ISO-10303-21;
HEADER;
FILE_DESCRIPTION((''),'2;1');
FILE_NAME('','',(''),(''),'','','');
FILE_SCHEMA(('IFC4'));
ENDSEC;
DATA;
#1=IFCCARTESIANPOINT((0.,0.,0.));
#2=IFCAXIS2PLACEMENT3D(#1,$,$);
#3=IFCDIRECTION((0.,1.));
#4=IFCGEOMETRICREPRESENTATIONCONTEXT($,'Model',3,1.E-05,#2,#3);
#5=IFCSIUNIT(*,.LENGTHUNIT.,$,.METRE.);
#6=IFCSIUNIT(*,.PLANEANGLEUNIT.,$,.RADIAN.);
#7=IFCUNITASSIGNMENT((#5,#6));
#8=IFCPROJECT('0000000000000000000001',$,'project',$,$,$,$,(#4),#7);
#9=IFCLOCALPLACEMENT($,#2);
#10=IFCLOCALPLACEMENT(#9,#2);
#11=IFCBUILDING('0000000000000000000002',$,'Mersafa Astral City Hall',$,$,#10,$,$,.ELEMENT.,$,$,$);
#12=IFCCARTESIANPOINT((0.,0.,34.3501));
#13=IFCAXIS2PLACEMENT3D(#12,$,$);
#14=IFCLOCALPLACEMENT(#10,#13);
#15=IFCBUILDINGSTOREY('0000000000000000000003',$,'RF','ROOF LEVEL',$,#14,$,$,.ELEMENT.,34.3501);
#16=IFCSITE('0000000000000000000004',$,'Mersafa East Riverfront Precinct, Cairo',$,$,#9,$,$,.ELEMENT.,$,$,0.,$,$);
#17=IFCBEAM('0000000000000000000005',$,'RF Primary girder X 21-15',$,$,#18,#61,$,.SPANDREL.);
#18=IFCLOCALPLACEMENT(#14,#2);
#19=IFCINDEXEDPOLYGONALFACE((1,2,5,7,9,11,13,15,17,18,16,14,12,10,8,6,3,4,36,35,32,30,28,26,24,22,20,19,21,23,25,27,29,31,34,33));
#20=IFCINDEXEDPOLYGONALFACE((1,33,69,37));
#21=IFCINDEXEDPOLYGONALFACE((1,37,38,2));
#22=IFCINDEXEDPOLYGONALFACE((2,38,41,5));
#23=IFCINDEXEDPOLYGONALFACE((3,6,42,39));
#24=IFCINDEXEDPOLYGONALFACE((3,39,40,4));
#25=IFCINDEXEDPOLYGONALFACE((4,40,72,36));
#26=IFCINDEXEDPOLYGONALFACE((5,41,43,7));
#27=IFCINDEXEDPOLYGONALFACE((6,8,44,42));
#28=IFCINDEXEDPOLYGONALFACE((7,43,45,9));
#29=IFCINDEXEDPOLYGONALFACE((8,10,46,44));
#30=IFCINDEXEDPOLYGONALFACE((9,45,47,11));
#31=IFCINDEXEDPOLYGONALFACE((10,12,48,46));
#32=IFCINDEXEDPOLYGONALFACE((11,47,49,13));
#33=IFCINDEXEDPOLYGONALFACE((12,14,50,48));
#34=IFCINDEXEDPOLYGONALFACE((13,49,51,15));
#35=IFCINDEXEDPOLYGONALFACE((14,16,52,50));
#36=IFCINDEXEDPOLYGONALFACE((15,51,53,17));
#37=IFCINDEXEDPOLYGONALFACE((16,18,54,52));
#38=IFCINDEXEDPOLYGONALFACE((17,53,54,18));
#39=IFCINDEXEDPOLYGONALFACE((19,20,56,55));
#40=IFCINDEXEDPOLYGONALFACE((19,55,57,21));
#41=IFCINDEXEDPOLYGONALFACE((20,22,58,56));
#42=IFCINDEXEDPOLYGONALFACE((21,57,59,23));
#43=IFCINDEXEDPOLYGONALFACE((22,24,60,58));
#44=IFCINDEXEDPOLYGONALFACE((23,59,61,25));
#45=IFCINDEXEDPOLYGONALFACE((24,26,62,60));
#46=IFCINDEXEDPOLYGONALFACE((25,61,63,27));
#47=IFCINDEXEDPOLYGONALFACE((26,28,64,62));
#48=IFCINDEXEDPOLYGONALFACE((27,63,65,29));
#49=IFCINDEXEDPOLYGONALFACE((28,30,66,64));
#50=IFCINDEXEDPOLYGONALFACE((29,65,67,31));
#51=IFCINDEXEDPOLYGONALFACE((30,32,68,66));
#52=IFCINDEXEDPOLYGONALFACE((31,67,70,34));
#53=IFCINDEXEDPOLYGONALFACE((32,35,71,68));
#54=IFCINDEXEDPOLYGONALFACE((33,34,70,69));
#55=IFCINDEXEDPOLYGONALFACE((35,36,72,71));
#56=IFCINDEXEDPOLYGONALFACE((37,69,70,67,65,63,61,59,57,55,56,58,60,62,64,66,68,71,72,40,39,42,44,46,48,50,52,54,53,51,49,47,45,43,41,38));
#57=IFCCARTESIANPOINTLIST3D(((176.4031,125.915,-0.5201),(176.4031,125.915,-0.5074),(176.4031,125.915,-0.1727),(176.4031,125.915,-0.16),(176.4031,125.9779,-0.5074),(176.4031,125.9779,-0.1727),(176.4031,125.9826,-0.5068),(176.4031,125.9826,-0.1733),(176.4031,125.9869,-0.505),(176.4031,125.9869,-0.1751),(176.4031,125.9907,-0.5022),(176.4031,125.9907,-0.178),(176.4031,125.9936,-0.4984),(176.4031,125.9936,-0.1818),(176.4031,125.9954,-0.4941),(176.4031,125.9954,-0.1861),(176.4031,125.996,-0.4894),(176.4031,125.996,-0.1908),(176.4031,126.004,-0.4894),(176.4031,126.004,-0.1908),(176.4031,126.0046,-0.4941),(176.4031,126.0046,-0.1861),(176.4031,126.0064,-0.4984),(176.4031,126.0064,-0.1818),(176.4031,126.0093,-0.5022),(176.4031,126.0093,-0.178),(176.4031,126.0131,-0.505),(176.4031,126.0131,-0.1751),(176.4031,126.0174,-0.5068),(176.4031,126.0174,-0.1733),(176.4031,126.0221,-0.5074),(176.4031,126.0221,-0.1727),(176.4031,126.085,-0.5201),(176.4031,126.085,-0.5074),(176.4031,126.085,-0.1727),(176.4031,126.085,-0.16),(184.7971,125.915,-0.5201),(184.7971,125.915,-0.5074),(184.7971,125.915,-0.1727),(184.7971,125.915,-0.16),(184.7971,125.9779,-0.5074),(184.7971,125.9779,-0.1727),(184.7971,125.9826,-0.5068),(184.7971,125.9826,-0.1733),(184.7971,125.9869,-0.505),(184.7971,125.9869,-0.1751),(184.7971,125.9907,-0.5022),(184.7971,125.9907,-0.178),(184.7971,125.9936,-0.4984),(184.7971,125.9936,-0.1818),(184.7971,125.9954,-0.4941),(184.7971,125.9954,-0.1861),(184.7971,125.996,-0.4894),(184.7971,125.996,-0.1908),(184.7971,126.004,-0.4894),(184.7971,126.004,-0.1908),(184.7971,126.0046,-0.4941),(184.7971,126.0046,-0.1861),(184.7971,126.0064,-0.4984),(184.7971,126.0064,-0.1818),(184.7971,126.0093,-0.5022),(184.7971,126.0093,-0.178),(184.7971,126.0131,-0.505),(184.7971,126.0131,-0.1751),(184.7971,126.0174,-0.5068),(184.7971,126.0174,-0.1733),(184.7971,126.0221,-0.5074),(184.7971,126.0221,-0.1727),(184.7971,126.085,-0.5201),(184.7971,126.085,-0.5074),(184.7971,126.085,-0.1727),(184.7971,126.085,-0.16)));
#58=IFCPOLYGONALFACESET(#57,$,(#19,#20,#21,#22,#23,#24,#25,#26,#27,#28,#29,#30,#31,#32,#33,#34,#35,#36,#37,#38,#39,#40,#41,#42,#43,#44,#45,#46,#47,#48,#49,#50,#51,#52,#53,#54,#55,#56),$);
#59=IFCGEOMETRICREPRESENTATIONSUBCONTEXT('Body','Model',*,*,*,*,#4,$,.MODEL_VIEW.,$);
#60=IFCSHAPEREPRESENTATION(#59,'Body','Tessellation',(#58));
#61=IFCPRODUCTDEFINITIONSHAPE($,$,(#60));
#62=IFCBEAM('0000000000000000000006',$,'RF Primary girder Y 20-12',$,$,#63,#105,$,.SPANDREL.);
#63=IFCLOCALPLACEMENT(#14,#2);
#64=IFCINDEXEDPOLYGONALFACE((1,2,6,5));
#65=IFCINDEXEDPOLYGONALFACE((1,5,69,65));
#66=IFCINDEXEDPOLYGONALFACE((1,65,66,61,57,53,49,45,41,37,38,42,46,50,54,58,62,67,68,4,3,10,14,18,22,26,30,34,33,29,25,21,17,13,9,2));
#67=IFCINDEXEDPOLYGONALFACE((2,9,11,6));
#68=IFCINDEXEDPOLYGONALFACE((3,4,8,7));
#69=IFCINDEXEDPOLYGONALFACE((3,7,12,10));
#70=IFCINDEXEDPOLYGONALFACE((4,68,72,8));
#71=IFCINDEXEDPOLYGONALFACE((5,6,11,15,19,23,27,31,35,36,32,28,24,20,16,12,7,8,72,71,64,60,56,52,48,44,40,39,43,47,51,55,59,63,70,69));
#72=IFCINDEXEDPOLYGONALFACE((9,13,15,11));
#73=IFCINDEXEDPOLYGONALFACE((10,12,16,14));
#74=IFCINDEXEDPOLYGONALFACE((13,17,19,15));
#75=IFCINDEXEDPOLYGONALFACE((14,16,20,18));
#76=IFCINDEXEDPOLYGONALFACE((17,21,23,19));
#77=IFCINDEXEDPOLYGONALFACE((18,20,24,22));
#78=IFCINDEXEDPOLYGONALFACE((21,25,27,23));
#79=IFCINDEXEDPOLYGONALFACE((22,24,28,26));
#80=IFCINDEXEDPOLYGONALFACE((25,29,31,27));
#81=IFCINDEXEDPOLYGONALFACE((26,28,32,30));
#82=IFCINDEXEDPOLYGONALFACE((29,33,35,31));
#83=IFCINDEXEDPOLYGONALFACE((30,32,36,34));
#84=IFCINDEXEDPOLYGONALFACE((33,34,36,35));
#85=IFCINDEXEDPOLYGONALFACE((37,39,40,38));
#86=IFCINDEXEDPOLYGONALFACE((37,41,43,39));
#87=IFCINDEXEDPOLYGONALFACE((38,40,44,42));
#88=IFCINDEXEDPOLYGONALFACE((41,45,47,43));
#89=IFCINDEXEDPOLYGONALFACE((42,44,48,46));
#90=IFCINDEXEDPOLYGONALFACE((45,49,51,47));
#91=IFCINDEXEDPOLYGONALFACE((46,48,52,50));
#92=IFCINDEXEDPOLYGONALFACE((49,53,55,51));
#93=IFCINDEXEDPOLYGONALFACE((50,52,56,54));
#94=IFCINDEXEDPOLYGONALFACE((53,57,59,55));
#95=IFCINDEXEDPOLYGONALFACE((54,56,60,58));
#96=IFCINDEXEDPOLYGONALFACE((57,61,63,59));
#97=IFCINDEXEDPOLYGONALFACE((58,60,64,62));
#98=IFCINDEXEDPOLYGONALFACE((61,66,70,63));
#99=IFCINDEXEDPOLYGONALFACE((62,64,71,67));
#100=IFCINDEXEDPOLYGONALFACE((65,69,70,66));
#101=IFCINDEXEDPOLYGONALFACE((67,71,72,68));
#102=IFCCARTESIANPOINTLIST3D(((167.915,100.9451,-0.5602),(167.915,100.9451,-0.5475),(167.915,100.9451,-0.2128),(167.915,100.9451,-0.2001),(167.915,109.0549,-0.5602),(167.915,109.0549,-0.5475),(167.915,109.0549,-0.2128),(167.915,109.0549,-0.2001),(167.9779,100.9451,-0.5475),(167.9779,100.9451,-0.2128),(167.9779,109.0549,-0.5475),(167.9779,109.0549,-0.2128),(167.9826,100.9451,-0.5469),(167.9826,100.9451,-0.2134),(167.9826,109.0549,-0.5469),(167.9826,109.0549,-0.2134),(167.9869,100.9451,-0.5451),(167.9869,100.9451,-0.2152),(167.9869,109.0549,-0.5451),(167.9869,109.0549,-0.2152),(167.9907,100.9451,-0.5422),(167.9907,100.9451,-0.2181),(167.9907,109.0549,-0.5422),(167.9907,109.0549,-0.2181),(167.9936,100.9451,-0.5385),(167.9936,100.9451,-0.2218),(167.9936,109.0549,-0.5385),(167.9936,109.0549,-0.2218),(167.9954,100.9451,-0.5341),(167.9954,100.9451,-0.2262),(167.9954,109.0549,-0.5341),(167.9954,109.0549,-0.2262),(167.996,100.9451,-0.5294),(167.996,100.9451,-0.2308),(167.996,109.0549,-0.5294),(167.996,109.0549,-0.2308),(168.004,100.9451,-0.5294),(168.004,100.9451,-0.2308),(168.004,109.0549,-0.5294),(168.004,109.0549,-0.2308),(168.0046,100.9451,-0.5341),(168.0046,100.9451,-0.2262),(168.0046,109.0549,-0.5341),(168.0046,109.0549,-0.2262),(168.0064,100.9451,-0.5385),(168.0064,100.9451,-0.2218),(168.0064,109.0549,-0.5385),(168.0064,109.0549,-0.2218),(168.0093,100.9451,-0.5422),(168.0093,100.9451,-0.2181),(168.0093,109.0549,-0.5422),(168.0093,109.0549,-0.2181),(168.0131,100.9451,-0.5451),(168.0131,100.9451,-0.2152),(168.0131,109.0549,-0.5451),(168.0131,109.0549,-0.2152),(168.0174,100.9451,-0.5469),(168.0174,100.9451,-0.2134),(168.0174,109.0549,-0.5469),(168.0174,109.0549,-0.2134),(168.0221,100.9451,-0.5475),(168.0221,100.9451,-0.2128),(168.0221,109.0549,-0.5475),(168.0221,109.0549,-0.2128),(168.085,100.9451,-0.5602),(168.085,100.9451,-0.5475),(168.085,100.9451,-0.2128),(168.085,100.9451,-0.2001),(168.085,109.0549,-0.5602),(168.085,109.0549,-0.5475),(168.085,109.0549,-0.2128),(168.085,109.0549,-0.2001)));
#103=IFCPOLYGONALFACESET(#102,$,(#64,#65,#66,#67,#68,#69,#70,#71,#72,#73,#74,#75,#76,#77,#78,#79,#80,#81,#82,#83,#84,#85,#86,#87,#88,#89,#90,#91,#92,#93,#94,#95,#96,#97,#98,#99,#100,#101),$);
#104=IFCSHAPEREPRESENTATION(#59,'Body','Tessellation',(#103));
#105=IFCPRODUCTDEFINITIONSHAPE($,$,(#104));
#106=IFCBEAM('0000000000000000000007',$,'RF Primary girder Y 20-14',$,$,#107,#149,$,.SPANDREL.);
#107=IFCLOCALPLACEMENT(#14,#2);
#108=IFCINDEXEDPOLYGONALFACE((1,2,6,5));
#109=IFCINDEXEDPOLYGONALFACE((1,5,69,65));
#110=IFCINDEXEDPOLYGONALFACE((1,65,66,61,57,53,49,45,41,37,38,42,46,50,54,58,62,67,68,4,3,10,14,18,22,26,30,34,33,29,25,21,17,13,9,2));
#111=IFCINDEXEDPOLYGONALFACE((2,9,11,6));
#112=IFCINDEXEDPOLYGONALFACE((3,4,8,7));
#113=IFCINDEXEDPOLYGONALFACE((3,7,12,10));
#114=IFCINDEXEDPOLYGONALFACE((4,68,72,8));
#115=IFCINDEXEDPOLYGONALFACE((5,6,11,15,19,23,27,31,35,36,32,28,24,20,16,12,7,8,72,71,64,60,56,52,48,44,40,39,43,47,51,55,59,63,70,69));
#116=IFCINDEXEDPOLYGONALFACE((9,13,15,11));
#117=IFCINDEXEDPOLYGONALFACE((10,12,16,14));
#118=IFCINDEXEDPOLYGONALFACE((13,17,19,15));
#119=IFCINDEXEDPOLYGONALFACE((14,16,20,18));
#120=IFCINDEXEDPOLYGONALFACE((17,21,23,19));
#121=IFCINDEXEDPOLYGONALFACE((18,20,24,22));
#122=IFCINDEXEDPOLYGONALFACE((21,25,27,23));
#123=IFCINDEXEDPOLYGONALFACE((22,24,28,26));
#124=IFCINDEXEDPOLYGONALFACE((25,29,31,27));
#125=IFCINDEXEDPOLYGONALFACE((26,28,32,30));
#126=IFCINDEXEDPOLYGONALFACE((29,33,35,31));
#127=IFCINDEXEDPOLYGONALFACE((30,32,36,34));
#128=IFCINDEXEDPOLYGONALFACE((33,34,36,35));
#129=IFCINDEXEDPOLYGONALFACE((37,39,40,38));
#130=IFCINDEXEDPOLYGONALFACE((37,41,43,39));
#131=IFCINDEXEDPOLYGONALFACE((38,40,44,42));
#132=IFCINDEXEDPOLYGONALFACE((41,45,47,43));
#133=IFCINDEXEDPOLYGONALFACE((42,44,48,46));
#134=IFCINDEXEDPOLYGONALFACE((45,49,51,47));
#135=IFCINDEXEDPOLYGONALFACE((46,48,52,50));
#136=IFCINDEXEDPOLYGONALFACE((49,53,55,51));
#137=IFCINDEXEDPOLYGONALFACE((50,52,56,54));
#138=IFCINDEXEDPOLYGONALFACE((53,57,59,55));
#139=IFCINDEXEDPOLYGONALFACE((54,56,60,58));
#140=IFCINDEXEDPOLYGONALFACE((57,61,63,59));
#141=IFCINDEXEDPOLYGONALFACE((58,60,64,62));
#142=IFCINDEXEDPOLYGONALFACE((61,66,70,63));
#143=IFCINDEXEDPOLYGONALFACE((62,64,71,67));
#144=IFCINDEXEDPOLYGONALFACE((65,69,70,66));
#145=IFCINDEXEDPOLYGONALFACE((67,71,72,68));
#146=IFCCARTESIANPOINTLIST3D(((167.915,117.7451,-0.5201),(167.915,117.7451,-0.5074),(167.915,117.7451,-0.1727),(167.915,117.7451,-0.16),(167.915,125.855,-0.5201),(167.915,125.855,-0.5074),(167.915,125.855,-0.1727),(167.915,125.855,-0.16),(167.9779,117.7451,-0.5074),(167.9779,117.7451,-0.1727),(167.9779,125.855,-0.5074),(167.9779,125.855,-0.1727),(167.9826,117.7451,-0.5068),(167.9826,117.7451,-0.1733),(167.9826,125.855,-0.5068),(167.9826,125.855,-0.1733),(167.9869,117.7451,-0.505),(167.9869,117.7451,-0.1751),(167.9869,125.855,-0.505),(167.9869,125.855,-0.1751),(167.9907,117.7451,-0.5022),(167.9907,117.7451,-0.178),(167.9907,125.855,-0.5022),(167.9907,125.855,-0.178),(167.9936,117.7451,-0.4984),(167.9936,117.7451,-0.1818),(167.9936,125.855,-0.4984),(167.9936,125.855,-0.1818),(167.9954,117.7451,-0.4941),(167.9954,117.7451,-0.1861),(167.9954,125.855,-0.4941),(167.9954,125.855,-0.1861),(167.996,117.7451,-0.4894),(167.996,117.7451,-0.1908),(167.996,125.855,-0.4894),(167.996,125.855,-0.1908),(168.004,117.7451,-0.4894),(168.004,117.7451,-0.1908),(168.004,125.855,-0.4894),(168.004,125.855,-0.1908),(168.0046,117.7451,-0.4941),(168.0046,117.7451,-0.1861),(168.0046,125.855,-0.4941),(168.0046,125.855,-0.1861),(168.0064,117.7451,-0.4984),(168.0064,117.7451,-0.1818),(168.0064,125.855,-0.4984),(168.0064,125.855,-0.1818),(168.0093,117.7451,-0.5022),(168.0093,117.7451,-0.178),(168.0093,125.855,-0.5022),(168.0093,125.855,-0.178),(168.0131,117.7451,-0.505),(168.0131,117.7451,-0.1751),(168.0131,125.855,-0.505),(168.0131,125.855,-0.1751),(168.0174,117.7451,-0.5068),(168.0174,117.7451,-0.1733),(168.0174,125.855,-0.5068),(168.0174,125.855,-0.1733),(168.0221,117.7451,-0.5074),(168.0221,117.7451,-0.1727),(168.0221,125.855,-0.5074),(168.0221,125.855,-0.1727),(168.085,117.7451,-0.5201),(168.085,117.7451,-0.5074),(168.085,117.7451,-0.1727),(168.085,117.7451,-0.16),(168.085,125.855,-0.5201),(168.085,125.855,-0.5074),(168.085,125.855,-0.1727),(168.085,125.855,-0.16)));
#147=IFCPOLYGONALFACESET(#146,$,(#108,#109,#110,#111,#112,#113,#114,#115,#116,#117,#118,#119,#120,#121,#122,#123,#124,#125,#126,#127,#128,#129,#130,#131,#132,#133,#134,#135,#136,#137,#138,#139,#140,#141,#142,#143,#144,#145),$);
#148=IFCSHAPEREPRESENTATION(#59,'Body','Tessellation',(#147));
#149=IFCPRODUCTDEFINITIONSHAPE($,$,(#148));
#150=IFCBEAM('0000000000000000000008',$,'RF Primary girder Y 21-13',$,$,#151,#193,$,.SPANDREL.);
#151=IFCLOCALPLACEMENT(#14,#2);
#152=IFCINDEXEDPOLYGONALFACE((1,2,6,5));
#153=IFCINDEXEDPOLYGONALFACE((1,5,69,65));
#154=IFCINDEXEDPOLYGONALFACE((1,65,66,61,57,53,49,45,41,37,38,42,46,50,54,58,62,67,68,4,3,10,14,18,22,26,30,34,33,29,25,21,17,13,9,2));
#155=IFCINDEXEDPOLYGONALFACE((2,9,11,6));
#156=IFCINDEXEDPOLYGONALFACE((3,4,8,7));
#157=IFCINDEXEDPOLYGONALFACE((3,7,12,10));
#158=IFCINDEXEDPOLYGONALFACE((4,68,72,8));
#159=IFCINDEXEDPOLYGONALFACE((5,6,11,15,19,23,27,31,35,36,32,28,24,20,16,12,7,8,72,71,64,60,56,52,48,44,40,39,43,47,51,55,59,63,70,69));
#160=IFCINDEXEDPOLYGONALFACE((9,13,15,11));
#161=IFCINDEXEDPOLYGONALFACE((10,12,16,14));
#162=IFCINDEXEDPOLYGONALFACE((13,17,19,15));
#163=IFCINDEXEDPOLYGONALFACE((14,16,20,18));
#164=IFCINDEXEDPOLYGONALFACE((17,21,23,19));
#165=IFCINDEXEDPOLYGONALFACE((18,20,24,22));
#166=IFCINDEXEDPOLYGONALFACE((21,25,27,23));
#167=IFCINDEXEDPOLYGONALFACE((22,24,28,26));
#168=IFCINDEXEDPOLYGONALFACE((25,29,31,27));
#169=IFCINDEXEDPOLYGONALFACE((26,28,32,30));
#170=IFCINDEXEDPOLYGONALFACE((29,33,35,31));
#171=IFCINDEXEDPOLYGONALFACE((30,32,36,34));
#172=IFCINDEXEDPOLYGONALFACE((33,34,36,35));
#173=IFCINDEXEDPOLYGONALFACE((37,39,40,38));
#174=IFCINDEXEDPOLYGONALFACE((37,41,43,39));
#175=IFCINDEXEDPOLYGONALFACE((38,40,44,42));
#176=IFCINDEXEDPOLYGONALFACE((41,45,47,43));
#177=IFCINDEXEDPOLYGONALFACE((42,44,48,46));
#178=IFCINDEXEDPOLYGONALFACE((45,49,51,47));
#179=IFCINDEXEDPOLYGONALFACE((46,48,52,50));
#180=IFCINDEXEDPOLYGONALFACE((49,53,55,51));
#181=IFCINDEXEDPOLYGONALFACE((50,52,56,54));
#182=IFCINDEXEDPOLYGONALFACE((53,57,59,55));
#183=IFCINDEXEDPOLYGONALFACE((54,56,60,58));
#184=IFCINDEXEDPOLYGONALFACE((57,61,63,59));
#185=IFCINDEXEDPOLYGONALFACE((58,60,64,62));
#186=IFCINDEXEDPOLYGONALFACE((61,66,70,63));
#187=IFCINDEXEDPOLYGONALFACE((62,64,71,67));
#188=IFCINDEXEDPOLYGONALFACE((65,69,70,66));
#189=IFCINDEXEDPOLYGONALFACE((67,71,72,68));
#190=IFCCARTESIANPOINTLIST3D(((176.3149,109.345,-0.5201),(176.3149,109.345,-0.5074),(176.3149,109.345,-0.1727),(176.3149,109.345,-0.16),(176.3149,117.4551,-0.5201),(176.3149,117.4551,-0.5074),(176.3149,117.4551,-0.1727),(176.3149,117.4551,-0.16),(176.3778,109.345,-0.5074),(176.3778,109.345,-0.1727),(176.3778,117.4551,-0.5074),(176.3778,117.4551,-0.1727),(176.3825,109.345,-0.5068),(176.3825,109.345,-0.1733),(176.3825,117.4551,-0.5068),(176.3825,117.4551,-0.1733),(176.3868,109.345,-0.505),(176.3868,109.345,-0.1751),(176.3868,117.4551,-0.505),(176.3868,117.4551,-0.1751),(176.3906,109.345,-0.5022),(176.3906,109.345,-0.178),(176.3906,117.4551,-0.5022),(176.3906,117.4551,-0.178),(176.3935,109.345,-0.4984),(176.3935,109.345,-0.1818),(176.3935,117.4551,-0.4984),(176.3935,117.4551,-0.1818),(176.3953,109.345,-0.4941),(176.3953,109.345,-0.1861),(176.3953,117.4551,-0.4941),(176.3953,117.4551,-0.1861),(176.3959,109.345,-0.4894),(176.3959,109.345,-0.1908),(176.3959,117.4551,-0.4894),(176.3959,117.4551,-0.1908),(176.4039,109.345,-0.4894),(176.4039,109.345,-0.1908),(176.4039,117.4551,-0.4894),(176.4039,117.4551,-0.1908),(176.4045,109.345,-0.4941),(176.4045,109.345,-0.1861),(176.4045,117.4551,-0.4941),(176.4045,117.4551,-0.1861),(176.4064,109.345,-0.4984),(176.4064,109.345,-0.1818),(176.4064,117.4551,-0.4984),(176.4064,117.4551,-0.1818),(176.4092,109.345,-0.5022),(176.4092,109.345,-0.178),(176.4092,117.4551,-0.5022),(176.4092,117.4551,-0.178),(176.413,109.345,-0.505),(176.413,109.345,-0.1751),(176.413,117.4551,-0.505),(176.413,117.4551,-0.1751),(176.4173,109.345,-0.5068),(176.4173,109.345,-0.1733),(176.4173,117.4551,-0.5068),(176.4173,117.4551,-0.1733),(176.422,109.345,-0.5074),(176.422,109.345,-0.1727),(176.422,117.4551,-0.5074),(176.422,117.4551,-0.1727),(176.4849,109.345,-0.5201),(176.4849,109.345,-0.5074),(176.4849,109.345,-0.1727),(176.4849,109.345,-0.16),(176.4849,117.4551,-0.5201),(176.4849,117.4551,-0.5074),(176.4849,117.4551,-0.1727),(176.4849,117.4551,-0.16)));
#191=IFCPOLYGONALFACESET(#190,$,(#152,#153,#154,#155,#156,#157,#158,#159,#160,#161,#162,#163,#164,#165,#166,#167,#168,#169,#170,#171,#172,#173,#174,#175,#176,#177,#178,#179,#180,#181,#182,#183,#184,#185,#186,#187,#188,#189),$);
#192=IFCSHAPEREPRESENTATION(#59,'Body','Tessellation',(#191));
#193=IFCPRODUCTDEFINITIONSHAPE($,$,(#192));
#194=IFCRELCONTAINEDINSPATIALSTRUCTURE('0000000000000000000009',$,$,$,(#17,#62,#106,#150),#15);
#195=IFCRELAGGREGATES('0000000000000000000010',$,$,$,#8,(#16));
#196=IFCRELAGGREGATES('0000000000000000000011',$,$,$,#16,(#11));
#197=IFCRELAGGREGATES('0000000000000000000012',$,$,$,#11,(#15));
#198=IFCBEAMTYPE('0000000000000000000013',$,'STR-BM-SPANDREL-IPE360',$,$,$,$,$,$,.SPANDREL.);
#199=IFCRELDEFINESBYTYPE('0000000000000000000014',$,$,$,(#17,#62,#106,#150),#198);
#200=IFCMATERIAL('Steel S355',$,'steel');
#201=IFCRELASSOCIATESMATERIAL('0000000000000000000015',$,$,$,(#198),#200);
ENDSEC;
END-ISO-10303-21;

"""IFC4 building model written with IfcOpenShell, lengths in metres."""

from ifc_helpers import new_model, si_unit, direction, frame, origin, origin_2d, place, context, subcontext, project, spatial, i_section, extrude, material, material_profile, profile_set, type_object, element, save


model = new_model("IFC4")

# Units and contexts
model_context = context("Model", 3, precision=1e-05, world=origin(), true_north=direction((0.0, 1.0)))
body_context = subcontext(model_context, "Body", "Model", "MODEL_VIEW")
ifc_project = project(units=[si_unit("LENGTHUNIT", "METRE"), si_unit("PLANEANGLEUNIT", "RADIAN")], contexts=[model_context])

# Site, building, storey
site_placement = place(None, origin())
site = spatial("IfcSite", under=ifc_project, at=site_placement, Name="Mersafa East Riverfront Precinct, Cairo", CompositionType="ELEMENT", RefElevation=0.0)
building_placement = place(site_placement, origin())
building = spatial("IfcBuilding", under=site, at=building_placement, Name="Mersafa Astral City Hall", CompositionType="ELEMENT")
storey_placement = place(building_placement, frame((0.0, 0.0, 34.3501)))
storey = spatial("IfcBuildingStorey", under=building, at=storey_placement, Name="RF", Description="ROOF LEVEL", CompositionType="ELEMENT", Elevation=34.3501)

# Shared definitions
ifc_material_1 = material(Name="Steel S355", Category="steel")

# Beams
ifc_material_profile_1 = material_profile(ifc_material_1, i_section(OverallWidth=0.1699, OverallDepth=0.3601, WebThickness=0.0081, FlangeThickness=0.0127, FilletRadius=0.0181, at=origin_2d()), Name="IPE 360")
ifc_profile_set_1 = profile_set([ifc_material_profile_1], Name="Steel S355")
beam_type_1 = type_object("IfcBeamType", Name="STR-BM-SPANDREL-IPE360", PredefinedType="SPANDREL", material=ifc_profile_set_1)
for number, where, z_axis, x_axis, name in (
    (1, (176.4031, 126.0, -0.3401), (1.0, 0.0, 0.0), (0.0, 1.0, 0.0), "RF Primary girder X 21-15"),
):
    element("IfcBeam", number, at=place(storey_placement, frame(where, z_axis=z_axis, x_axis=x_axis)), inside=storey, type_object=beam_type_1, Name=name, PredefinedType="SPANDREL", context=body_context, shape_type="SweptSolid", body=[
        extrude(i_section(OverallWidth=0.1699, OverallDepth=0.3601, WebThickness=0.0081, FlangeThickness=0.0127, FilletRadius=0.0181, at=origin_2d()), origin(), (0.0, 0.0, 1.0), 8.394),
    ])
for number, where, z_axis, x_axis, name in (
    (2, (168.0, 100.9451, -0.3801), (0.0, 1.0, 0.0), (-1.0, 0.0, 0.0), "RF Primary girder Y 20-12"),
    (3, (168.0, 117.7451, -0.3401), (0.0, 1.0, 0.0), (-1.0, 0.0, 0.0), "RF Primary girder Y 20-14"),
):
    element("IfcBeam", number, at=place(storey_placement, frame(where, z_axis=z_axis, x_axis=x_axis)), inside=storey, type_object=beam_type_1, Name=name, PredefinedType="SPANDREL", context=body_context, shape_type="SweptSolid", body=[
        extrude(i_section(OverallWidth=0.1699, OverallDepth=0.3601, WebThickness=0.0081, FlangeThickness=0.0127, FilletRadius=0.0181, at=origin_2d()), origin(), (0.0, 0.0, 1.0), 8.1099),
    ])
beam_1_placement = place(storey_placement, frame((176.3999, 109.345, -0.3401), z_axis=(0.0, 1.0, 0.0), x_axis=(-1.0, 0.0, 0.0)))
element("IfcBeam", 4, at=beam_1_placement, inside=storey, type_object=beam_type_1, Name="RF Primary girder Y 21-13", PredefinedType="SPANDREL", context=body_context, shape_type="SweptSolid", body=[
    extrude(i_section(OverallWidth=0.1699, OverallDepth=0.3601, WebThickness=0.0081, FlangeThickness=0.0127, FilletRadius=0.0181, at=origin_2d()), origin(), (0.0, 0.0, 1.0), 8.1101),
])

save(model, "model.ifc")
